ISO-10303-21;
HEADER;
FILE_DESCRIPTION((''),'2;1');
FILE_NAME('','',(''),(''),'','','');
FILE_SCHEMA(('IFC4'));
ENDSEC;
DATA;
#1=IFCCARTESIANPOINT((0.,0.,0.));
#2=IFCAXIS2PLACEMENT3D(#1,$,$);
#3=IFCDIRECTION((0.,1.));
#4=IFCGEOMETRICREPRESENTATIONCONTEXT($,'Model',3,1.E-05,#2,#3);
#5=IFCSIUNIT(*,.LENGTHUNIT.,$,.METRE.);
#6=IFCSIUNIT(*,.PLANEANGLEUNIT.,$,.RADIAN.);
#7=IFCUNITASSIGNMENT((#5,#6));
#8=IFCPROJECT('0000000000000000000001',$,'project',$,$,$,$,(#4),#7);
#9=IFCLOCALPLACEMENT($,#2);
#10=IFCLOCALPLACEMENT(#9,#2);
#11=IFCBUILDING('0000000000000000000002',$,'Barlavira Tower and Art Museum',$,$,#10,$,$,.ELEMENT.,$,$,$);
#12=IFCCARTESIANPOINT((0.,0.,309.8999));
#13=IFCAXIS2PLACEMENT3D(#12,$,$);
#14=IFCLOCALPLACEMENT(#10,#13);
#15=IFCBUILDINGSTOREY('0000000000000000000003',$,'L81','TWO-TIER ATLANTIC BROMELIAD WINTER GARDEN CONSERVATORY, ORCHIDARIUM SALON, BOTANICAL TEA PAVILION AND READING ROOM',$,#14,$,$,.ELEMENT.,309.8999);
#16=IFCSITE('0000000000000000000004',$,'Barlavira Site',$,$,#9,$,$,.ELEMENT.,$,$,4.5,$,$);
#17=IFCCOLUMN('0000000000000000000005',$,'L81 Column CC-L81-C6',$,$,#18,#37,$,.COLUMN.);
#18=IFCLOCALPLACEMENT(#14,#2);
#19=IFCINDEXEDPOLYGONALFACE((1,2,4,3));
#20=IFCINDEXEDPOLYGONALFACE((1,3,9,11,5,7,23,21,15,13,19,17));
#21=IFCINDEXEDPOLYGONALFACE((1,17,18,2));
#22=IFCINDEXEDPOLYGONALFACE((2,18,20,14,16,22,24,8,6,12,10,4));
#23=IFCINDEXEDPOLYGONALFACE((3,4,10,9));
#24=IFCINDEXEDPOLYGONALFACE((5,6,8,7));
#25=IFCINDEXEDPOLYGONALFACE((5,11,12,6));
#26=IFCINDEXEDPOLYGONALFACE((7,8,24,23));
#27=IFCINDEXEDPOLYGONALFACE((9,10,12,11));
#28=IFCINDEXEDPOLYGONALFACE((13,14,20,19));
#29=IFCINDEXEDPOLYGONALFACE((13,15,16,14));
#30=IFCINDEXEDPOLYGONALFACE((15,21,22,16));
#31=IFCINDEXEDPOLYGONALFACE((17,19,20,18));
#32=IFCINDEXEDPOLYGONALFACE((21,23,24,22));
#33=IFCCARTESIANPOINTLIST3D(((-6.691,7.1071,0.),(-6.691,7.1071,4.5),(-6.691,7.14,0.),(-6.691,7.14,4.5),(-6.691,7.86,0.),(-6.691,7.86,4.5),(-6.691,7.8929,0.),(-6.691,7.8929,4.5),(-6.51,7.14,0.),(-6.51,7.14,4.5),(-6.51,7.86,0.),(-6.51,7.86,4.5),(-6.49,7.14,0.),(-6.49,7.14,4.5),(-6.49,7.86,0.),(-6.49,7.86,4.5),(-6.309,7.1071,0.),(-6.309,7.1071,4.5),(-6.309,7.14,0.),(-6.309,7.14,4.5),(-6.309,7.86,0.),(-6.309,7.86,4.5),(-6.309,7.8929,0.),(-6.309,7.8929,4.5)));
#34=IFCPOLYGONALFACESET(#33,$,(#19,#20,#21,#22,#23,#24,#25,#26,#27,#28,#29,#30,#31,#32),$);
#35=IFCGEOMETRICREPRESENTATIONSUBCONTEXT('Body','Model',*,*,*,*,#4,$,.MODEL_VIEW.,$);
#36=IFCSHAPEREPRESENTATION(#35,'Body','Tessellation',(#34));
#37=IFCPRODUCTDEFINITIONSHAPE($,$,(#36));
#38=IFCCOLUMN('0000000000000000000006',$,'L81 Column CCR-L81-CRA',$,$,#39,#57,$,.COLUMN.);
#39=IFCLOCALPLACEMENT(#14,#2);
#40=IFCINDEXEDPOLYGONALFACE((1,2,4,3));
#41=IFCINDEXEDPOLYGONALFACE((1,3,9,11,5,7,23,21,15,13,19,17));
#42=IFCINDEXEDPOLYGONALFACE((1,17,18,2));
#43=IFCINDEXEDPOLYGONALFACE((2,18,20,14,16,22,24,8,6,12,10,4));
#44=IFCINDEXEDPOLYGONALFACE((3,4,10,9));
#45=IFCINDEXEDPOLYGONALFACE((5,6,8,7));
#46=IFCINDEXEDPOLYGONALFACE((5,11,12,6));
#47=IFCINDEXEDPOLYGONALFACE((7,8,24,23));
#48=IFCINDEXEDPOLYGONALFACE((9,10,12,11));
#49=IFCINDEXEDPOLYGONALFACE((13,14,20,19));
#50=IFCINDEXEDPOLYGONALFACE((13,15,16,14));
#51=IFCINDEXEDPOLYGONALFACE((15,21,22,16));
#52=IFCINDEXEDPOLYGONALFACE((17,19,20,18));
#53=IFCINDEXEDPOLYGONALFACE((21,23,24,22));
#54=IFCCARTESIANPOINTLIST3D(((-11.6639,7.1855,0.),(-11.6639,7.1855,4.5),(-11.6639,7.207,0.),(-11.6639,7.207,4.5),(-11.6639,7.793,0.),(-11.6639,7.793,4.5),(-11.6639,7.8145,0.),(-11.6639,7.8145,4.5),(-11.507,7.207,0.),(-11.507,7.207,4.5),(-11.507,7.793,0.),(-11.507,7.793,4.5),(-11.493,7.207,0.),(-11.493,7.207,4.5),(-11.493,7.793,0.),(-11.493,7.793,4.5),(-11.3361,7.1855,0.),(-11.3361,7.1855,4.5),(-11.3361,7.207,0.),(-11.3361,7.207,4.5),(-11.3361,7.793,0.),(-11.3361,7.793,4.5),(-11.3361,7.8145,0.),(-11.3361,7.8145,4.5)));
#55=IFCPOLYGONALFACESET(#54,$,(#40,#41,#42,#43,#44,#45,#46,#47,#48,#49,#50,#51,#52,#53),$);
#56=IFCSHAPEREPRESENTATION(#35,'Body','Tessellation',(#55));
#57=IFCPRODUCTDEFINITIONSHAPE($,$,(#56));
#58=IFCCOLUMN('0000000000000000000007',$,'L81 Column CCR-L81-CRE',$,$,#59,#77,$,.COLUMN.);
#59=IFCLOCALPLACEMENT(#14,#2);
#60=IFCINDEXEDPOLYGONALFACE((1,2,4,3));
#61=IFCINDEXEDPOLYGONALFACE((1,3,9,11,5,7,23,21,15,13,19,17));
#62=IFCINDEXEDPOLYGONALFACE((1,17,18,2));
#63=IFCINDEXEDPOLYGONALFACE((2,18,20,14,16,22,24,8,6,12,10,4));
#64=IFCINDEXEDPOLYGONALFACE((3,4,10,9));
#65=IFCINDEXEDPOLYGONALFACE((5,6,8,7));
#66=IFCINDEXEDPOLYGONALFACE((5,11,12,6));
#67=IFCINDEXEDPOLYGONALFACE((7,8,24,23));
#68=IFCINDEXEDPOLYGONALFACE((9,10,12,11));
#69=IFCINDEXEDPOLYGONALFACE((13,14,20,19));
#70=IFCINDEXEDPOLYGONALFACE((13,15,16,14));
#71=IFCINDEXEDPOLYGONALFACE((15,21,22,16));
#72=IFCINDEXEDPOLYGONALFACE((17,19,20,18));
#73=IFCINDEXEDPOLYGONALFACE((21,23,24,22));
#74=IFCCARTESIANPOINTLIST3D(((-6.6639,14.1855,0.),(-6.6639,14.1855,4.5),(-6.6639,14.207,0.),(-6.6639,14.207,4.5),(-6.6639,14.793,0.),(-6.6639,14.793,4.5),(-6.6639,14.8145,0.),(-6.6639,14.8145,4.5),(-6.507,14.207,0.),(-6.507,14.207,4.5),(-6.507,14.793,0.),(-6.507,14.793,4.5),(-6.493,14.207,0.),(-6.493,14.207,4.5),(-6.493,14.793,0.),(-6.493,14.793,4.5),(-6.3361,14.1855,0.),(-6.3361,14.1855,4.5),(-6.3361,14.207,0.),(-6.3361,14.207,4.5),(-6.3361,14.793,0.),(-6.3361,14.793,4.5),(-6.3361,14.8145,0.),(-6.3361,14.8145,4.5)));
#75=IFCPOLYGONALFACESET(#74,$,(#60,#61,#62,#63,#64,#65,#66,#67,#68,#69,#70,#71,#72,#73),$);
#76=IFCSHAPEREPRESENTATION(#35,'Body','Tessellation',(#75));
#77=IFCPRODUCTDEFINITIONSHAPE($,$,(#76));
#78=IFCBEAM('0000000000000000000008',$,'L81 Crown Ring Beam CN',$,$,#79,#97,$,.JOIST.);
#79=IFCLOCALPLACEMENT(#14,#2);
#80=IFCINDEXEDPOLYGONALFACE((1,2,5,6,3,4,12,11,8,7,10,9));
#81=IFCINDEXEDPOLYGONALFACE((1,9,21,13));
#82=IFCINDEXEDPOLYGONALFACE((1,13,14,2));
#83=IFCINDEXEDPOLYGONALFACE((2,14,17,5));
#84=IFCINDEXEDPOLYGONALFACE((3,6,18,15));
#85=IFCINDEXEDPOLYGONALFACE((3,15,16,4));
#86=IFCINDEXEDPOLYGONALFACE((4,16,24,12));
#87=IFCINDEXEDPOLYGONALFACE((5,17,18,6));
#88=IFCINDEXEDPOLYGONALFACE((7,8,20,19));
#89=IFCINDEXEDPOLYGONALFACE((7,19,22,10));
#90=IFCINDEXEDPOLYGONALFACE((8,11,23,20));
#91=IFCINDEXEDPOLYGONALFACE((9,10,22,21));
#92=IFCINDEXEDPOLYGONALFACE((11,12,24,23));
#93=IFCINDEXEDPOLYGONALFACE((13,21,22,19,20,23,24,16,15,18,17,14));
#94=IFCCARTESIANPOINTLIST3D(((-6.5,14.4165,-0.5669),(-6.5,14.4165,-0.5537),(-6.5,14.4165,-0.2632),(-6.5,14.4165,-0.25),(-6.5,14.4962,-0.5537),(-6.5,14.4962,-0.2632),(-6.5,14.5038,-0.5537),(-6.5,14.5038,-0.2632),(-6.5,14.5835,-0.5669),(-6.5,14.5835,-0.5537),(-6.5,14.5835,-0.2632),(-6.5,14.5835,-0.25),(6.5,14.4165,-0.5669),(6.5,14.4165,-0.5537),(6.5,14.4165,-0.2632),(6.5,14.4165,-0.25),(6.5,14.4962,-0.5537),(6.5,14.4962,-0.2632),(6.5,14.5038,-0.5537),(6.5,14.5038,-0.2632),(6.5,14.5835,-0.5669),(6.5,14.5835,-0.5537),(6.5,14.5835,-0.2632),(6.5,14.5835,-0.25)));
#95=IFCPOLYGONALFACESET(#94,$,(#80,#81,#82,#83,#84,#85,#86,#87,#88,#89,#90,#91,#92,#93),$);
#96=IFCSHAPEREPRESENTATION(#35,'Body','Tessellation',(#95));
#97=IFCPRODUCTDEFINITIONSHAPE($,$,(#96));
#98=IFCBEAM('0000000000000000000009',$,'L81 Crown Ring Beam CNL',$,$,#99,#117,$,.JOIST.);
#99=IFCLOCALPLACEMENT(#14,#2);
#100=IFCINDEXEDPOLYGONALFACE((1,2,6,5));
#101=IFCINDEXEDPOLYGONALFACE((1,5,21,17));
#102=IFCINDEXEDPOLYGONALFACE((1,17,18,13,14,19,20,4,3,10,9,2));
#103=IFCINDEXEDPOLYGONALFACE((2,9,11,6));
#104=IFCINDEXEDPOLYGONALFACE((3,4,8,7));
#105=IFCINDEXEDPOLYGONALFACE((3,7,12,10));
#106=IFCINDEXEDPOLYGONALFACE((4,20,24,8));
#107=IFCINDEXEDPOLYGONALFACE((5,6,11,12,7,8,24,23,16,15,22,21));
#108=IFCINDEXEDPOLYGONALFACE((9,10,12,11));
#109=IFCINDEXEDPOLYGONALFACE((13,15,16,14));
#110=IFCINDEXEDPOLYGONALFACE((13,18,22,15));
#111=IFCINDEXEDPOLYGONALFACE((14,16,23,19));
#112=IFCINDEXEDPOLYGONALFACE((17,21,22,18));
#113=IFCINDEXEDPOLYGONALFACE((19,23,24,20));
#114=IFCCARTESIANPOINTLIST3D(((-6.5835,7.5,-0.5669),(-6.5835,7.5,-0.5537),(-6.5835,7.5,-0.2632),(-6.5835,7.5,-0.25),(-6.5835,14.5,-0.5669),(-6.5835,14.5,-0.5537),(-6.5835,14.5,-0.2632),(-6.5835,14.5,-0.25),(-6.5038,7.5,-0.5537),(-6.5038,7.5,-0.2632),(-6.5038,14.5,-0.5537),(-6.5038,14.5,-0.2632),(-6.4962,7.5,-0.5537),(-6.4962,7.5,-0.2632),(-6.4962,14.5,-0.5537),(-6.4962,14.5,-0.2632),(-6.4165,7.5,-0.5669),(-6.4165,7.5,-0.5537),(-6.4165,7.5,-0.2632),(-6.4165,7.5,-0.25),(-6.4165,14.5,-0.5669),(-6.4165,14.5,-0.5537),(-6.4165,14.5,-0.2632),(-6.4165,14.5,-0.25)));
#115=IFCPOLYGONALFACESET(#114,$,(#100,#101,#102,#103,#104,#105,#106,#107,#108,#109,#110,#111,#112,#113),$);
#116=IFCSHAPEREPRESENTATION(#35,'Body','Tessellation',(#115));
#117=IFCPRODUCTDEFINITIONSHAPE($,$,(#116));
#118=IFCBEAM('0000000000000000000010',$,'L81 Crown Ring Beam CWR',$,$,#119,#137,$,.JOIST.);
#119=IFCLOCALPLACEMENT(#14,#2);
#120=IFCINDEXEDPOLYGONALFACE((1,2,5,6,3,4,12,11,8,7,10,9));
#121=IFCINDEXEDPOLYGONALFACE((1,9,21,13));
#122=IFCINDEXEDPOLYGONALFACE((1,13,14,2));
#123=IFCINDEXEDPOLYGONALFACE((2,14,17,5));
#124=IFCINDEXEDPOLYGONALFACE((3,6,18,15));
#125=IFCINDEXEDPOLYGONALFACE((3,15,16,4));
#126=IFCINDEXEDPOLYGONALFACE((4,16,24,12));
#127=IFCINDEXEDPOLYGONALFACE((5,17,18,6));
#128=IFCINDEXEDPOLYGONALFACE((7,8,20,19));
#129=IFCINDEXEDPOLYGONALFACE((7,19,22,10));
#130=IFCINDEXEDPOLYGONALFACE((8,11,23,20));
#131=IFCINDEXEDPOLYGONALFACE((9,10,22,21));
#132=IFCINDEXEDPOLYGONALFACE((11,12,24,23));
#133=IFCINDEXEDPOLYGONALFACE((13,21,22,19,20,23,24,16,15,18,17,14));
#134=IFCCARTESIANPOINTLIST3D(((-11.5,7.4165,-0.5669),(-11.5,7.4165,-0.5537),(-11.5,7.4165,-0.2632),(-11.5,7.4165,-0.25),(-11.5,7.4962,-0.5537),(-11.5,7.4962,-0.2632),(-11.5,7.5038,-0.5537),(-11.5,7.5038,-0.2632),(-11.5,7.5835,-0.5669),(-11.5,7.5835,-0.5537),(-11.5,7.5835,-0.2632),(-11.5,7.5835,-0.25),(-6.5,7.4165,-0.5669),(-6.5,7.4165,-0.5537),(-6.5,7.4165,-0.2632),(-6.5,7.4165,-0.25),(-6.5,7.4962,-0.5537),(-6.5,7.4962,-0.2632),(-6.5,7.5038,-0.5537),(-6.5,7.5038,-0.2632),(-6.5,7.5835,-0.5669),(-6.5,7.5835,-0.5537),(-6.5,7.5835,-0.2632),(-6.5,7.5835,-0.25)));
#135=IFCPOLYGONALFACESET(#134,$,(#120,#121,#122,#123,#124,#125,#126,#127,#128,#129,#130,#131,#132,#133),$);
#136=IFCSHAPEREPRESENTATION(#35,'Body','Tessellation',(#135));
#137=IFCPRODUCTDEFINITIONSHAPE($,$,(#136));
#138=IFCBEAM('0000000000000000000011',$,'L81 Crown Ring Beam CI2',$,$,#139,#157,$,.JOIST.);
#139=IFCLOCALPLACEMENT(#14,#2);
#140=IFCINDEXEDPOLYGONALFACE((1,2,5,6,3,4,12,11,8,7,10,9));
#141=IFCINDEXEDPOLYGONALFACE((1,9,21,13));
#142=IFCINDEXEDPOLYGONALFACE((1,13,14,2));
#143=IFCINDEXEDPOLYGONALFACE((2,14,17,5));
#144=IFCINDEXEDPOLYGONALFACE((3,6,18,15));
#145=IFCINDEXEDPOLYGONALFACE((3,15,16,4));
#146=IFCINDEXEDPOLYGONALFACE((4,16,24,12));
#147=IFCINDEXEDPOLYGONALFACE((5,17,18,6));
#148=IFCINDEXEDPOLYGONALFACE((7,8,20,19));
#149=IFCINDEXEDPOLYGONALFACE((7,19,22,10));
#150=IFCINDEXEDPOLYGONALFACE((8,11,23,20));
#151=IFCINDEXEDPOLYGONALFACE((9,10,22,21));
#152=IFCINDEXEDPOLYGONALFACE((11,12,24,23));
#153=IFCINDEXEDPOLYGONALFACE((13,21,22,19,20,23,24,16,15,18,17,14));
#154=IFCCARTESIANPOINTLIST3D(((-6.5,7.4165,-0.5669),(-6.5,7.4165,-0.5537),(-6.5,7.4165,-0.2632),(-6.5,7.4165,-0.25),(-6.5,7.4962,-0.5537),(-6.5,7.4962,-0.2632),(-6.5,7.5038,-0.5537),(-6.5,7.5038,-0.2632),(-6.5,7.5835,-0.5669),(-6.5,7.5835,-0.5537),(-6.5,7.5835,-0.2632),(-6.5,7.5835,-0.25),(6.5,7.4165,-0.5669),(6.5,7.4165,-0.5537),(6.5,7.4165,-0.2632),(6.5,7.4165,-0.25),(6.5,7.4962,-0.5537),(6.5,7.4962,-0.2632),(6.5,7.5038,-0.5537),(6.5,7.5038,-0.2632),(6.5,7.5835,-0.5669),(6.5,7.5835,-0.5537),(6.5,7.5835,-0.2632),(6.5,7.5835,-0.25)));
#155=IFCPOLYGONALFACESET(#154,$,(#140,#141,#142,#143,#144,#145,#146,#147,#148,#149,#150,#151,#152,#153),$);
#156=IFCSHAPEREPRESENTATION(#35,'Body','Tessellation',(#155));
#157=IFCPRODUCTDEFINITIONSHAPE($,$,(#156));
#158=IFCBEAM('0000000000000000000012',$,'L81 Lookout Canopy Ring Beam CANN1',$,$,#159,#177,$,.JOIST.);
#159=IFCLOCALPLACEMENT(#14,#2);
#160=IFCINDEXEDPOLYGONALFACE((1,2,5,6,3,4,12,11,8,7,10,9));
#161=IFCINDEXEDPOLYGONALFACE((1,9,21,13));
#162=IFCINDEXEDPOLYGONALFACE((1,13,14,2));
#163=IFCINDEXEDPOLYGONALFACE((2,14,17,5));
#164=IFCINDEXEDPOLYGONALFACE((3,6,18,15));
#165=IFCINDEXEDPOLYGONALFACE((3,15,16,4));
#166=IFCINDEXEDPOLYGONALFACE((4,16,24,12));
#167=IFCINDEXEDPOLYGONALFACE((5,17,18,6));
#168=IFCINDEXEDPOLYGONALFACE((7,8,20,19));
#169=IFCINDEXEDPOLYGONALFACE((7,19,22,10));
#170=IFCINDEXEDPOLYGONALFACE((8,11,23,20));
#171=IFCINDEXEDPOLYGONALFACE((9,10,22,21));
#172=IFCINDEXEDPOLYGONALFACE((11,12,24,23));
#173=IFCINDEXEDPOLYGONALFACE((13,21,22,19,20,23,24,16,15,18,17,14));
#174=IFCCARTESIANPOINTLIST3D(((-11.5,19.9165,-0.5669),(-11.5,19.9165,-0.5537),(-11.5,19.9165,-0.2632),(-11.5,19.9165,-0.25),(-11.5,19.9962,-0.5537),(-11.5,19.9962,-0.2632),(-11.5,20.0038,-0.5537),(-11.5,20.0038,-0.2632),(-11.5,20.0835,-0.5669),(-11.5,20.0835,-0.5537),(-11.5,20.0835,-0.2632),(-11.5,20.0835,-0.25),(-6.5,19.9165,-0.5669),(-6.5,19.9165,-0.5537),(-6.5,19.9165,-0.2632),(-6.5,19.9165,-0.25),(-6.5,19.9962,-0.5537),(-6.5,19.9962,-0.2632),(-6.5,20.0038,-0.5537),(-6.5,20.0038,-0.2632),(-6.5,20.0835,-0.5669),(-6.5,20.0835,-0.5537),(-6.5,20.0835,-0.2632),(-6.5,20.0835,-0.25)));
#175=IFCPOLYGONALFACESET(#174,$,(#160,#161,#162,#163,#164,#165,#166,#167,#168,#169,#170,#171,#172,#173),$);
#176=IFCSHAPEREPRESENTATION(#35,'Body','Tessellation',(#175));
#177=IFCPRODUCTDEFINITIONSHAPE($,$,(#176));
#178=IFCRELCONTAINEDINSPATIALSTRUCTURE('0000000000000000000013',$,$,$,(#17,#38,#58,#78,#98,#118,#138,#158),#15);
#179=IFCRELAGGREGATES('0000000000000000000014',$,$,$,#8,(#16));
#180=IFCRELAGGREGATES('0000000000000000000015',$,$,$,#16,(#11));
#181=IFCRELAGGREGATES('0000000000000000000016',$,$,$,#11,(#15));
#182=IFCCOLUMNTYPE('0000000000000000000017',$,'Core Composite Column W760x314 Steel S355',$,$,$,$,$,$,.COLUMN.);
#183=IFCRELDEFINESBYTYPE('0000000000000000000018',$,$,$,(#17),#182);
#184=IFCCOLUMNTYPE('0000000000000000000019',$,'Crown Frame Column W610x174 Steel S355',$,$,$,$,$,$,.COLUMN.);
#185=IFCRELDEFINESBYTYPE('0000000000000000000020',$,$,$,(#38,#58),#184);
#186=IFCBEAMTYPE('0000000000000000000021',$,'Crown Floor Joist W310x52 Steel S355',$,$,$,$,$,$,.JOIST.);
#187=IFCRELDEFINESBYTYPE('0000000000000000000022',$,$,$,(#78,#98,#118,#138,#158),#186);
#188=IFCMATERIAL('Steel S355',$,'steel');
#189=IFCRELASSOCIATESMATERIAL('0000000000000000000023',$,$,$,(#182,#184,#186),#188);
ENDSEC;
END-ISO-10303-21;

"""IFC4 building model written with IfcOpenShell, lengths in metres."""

from ifc_helpers import new_model, si_unit, direction, frame, origin, origin_2d, place, context, subcontext, project, spatial, i_section, extrude, material, material_profile, profile_set, type_object, element, save


model = new_model("IFC4")

# Units and contexts
model_context = context("Model", 3, precision=1e-05, world=origin(), true_north=direction((0.0, 1.0)))
body_context = subcontext(model_context, "Body", "Model", "MODEL_VIEW")
ifc_project = project(units=[si_unit("LENGTHUNIT", "METRE"), si_unit("PLANEANGLEUNIT", "RADIAN")], contexts=[model_context])

# Site, building, storey
site_placement = place(None, origin())
site = spatial("IfcSite", under=ifc_project, at=site_placement, Name="Barlavira Site", CompositionType="ELEMENT", RefElevation=4.5)
building_placement = place(site_placement, origin())
building = spatial("IfcBuilding", under=site, at=building_placement, Name="Barlavira Tower and Art Museum", CompositionType="ELEMENT")
storey_placement = place(building_placement, frame((0.0, 0.0, 309.8999)))
storey = spatial("IfcBuildingStorey", under=building, at=storey_placement, Name="L81", Description="TWO-TIER ATLANTIC BROMELIAD WINTER GARDEN CONSERVATORY, ORCHIDARIUM SALON, BOTANICAL TEA PAVILION AND READING ROOM", CompositionType="ELEMENT", Elevation=309.8999)

# Columns
ifc_material_1 = material(Name="Steel S355", Category="steel")
ifc_material_profile_1 = material_profile(ifc_material_1, i_section(OverallWidth=0.3821, OverallDepth=0.7859, WebThickness=0.02, FlangeThickness=0.033, at=origin_2d()), Name="W760x314.0")
ifc_profile_set_1 = profile_set([ifc_material_profile_1], Name="Steel S355")
column_type_1 = type_object("IfcColumnType", Name="Core Composite Column W760x314 Steel S355", PredefinedType="COLUMN", material=ifc_profile_set_1)
column_placement = place(storey_placement, frame((-6.5, 7.5, 0.0), z_axis=(0.0, 0.0, 1.0), x_axis=(1.0, 0.0, 0.0)))
element("IfcColumn", 1, at=column_placement, inside=storey, type_object=column_type_1, Name="L81 Column CC-L81-C6", PredefinedType="COLUMN", context=body_context, shape_type="SweptSolid", body=[
    extrude(i_section(OverallWidth=0.3821, OverallDepth=0.7859, WebThickness=0.02, FlangeThickness=0.033, at=origin_2d()), origin(), (0.0, 0.0, 1.0), 4.5),
])
ifc_material_profile_2 = material_profile(ifc_material_1, i_section(OverallWidth=0.3279, OverallDepth=0.6289, WebThickness=0.0139, FlangeThickness=0.0215, at=origin_2d()), Name="W610x174.0")
ifc_profile_set_2 = profile_set([ifc_material_profile_2], Name="Steel S355")
column_type_2 = type_object("IfcColumnType", Name="Crown Frame Column W610x174 Steel S355", PredefinedType="COLUMN", material=ifc_profile_set_2)
for number, where, z_axis, x_axis, name in (
    (2, (-11.5, 7.5, 0.0), (0.0, 0.0, 1.0), (1.0, 0.0, 0.0), "L81 Column CCR-L81-CRA"),
    (3, (-6.5, 14.5, 0.0), (0.0, 0.0, 1.0), (1.0, 0.0, 0.0), "L81 Column CCR-L81-CRE"),
):
    element("IfcColumn", number, at=place(storey_placement, frame(where, z_axis=z_axis, x_axis=x_axis)), inside=storey, type_object=column_type_2, Name=name, PredefinedType="COLUMN", context=body_context, shape_type="SweptSolid", body=[
        extrude(i_section(OverallWidth=0.3279, OverallDepth=0.6289, WebThickness=0.0139, FlangeThickness=0.0215, at=origin_2d()), origin(), (0.0, 0.0, 1.0), 4.5),
    ])

# Beams
ifc_material_profile_3 = material_profile(ifc_material_1, i_section(OverallWidth=0.167, OverallDepth=0.3169, WebThickness=0.0076, FlangeThickness=0.0132, at=origin_2d()), Name="W310x52.0")
ifc_profile_set_3 = profile_set([ifc_material_profile_3], Name="Steel S355")
beam_type = type_object("IfcBeamType", Name="Crown Floor Joist W310x52 Steel S355", PredefinedType="JOIST", material=ifc_profile_set_3)
beam_1_placement = place(storey_placement, frame((-6.5, 14.5, -0.4084), z_axis=(1.0, 0.0, 0.0), x_axis=(0.0, 1.0, 0.0)))
element("IfcBeam", 4, at=beam_1_placement, inside=storey, type_object=beam_type, Name="L81 Crown Ring Beam CN", PredefinedType="JOIST", context=body_context, shape_type="SweptSolid", body=[
    extrude(i_section(OverallWidth=0.167, OverallDepth=0.3169, WebThickness=0.0076, FlangeThickness=0.0132, at=origin_2d()), origin(), (0.0, 0.0, 1.0), 13.0),
])
beam_2_placement = place(storey_placement, frame((-6.5, 7.5, -0.4084), z_axis=(0.0, 1.0, 0.0), x_axis=(-1.0, 0.0, 0.0)))
element("IfcBeam", 5, at=beam_2_placement, inside=storey, type_object=beam_type, Name="L81 Crown Ring Beam CNL", PredefinedType="JOIST", context=body_context, shape_type="SweptSolid", body=[
    extrude(i_section(OverallWidth=0.167, OverallDepth=0.3169, WebThickness=0.0076, FlangeThickness=0.0132, at=origin_2d()), origin(), (0.0, 0.0, 1.0), 7.0),
])
beam_3_placement = place(storey_placement, frame((-11.5, 7.5, -0.4084), z_axis=(1.0, 0.0, 0.0), x_axis=(0.0, 1.0, 0.0)))
element("IfcBeam", 6, at=beam_3_placement, inside=storey, type_object=beam_type, Name="L81 Crown Ring Beam CWR", PredefinedType="JOIST", context=body_context, shape_type="SweptSolid", body=[
    extrude(i_section(OverallWidth=0.167, OverallDepth=0.3169, WebThickness=0.0076, FlangeThickness=0.0132, at=origin_2d()), origin(), (0.0, 0.0, 1.0), 5.0),
])
beam_4_placement = place(storey_placement, frame((-6.5, 7.5, -0.4084), z_axis=(1.0, 0.0, 0.0), x_axis=(0.0, 1.0, 0.0)))
element("IfcBeam", 7, at=beam_4_placement, inside=storey, type_object=beam_type, Name="L81 Crown Ring Beam CI2", PredefinedType="JOIST", context=body_context, shape_type="SweptSolid", body=[
    extrude(i_section(OverallWidth=0.167, OverallDepth=0.3169, WebThickness=0.0076, FlangeThickness=0.0132, at=origin_2d()), origin(), (0.0, 0.0, 1.0), 13.0),
])
beam_5_placement = place(storey_placement, frame((-11.5, 20.0, -0.4084), z_axis=(1.0, 0.0, 0.0), x_axis=(0.0, 1.0, 0.0)))
element("IfcBeam", 8, at=beam_5_placement, inside=storey, type_object=beam_type, Name="L81 Lookout Canopy Ring Beam CANN1", PredefinedType="JOIST", context=body_context, shape_type="SweptSolid", body=[
    extrude(i_section(OverallWidth=0.167, OverallDepth=0.3169, WebThickness=0.0076, FlangeThickness=0.0132, at=origin_2d()), origin(), (0.0, 0.0, 1.0), 5.0),
])

save(model, "model.ifc")
